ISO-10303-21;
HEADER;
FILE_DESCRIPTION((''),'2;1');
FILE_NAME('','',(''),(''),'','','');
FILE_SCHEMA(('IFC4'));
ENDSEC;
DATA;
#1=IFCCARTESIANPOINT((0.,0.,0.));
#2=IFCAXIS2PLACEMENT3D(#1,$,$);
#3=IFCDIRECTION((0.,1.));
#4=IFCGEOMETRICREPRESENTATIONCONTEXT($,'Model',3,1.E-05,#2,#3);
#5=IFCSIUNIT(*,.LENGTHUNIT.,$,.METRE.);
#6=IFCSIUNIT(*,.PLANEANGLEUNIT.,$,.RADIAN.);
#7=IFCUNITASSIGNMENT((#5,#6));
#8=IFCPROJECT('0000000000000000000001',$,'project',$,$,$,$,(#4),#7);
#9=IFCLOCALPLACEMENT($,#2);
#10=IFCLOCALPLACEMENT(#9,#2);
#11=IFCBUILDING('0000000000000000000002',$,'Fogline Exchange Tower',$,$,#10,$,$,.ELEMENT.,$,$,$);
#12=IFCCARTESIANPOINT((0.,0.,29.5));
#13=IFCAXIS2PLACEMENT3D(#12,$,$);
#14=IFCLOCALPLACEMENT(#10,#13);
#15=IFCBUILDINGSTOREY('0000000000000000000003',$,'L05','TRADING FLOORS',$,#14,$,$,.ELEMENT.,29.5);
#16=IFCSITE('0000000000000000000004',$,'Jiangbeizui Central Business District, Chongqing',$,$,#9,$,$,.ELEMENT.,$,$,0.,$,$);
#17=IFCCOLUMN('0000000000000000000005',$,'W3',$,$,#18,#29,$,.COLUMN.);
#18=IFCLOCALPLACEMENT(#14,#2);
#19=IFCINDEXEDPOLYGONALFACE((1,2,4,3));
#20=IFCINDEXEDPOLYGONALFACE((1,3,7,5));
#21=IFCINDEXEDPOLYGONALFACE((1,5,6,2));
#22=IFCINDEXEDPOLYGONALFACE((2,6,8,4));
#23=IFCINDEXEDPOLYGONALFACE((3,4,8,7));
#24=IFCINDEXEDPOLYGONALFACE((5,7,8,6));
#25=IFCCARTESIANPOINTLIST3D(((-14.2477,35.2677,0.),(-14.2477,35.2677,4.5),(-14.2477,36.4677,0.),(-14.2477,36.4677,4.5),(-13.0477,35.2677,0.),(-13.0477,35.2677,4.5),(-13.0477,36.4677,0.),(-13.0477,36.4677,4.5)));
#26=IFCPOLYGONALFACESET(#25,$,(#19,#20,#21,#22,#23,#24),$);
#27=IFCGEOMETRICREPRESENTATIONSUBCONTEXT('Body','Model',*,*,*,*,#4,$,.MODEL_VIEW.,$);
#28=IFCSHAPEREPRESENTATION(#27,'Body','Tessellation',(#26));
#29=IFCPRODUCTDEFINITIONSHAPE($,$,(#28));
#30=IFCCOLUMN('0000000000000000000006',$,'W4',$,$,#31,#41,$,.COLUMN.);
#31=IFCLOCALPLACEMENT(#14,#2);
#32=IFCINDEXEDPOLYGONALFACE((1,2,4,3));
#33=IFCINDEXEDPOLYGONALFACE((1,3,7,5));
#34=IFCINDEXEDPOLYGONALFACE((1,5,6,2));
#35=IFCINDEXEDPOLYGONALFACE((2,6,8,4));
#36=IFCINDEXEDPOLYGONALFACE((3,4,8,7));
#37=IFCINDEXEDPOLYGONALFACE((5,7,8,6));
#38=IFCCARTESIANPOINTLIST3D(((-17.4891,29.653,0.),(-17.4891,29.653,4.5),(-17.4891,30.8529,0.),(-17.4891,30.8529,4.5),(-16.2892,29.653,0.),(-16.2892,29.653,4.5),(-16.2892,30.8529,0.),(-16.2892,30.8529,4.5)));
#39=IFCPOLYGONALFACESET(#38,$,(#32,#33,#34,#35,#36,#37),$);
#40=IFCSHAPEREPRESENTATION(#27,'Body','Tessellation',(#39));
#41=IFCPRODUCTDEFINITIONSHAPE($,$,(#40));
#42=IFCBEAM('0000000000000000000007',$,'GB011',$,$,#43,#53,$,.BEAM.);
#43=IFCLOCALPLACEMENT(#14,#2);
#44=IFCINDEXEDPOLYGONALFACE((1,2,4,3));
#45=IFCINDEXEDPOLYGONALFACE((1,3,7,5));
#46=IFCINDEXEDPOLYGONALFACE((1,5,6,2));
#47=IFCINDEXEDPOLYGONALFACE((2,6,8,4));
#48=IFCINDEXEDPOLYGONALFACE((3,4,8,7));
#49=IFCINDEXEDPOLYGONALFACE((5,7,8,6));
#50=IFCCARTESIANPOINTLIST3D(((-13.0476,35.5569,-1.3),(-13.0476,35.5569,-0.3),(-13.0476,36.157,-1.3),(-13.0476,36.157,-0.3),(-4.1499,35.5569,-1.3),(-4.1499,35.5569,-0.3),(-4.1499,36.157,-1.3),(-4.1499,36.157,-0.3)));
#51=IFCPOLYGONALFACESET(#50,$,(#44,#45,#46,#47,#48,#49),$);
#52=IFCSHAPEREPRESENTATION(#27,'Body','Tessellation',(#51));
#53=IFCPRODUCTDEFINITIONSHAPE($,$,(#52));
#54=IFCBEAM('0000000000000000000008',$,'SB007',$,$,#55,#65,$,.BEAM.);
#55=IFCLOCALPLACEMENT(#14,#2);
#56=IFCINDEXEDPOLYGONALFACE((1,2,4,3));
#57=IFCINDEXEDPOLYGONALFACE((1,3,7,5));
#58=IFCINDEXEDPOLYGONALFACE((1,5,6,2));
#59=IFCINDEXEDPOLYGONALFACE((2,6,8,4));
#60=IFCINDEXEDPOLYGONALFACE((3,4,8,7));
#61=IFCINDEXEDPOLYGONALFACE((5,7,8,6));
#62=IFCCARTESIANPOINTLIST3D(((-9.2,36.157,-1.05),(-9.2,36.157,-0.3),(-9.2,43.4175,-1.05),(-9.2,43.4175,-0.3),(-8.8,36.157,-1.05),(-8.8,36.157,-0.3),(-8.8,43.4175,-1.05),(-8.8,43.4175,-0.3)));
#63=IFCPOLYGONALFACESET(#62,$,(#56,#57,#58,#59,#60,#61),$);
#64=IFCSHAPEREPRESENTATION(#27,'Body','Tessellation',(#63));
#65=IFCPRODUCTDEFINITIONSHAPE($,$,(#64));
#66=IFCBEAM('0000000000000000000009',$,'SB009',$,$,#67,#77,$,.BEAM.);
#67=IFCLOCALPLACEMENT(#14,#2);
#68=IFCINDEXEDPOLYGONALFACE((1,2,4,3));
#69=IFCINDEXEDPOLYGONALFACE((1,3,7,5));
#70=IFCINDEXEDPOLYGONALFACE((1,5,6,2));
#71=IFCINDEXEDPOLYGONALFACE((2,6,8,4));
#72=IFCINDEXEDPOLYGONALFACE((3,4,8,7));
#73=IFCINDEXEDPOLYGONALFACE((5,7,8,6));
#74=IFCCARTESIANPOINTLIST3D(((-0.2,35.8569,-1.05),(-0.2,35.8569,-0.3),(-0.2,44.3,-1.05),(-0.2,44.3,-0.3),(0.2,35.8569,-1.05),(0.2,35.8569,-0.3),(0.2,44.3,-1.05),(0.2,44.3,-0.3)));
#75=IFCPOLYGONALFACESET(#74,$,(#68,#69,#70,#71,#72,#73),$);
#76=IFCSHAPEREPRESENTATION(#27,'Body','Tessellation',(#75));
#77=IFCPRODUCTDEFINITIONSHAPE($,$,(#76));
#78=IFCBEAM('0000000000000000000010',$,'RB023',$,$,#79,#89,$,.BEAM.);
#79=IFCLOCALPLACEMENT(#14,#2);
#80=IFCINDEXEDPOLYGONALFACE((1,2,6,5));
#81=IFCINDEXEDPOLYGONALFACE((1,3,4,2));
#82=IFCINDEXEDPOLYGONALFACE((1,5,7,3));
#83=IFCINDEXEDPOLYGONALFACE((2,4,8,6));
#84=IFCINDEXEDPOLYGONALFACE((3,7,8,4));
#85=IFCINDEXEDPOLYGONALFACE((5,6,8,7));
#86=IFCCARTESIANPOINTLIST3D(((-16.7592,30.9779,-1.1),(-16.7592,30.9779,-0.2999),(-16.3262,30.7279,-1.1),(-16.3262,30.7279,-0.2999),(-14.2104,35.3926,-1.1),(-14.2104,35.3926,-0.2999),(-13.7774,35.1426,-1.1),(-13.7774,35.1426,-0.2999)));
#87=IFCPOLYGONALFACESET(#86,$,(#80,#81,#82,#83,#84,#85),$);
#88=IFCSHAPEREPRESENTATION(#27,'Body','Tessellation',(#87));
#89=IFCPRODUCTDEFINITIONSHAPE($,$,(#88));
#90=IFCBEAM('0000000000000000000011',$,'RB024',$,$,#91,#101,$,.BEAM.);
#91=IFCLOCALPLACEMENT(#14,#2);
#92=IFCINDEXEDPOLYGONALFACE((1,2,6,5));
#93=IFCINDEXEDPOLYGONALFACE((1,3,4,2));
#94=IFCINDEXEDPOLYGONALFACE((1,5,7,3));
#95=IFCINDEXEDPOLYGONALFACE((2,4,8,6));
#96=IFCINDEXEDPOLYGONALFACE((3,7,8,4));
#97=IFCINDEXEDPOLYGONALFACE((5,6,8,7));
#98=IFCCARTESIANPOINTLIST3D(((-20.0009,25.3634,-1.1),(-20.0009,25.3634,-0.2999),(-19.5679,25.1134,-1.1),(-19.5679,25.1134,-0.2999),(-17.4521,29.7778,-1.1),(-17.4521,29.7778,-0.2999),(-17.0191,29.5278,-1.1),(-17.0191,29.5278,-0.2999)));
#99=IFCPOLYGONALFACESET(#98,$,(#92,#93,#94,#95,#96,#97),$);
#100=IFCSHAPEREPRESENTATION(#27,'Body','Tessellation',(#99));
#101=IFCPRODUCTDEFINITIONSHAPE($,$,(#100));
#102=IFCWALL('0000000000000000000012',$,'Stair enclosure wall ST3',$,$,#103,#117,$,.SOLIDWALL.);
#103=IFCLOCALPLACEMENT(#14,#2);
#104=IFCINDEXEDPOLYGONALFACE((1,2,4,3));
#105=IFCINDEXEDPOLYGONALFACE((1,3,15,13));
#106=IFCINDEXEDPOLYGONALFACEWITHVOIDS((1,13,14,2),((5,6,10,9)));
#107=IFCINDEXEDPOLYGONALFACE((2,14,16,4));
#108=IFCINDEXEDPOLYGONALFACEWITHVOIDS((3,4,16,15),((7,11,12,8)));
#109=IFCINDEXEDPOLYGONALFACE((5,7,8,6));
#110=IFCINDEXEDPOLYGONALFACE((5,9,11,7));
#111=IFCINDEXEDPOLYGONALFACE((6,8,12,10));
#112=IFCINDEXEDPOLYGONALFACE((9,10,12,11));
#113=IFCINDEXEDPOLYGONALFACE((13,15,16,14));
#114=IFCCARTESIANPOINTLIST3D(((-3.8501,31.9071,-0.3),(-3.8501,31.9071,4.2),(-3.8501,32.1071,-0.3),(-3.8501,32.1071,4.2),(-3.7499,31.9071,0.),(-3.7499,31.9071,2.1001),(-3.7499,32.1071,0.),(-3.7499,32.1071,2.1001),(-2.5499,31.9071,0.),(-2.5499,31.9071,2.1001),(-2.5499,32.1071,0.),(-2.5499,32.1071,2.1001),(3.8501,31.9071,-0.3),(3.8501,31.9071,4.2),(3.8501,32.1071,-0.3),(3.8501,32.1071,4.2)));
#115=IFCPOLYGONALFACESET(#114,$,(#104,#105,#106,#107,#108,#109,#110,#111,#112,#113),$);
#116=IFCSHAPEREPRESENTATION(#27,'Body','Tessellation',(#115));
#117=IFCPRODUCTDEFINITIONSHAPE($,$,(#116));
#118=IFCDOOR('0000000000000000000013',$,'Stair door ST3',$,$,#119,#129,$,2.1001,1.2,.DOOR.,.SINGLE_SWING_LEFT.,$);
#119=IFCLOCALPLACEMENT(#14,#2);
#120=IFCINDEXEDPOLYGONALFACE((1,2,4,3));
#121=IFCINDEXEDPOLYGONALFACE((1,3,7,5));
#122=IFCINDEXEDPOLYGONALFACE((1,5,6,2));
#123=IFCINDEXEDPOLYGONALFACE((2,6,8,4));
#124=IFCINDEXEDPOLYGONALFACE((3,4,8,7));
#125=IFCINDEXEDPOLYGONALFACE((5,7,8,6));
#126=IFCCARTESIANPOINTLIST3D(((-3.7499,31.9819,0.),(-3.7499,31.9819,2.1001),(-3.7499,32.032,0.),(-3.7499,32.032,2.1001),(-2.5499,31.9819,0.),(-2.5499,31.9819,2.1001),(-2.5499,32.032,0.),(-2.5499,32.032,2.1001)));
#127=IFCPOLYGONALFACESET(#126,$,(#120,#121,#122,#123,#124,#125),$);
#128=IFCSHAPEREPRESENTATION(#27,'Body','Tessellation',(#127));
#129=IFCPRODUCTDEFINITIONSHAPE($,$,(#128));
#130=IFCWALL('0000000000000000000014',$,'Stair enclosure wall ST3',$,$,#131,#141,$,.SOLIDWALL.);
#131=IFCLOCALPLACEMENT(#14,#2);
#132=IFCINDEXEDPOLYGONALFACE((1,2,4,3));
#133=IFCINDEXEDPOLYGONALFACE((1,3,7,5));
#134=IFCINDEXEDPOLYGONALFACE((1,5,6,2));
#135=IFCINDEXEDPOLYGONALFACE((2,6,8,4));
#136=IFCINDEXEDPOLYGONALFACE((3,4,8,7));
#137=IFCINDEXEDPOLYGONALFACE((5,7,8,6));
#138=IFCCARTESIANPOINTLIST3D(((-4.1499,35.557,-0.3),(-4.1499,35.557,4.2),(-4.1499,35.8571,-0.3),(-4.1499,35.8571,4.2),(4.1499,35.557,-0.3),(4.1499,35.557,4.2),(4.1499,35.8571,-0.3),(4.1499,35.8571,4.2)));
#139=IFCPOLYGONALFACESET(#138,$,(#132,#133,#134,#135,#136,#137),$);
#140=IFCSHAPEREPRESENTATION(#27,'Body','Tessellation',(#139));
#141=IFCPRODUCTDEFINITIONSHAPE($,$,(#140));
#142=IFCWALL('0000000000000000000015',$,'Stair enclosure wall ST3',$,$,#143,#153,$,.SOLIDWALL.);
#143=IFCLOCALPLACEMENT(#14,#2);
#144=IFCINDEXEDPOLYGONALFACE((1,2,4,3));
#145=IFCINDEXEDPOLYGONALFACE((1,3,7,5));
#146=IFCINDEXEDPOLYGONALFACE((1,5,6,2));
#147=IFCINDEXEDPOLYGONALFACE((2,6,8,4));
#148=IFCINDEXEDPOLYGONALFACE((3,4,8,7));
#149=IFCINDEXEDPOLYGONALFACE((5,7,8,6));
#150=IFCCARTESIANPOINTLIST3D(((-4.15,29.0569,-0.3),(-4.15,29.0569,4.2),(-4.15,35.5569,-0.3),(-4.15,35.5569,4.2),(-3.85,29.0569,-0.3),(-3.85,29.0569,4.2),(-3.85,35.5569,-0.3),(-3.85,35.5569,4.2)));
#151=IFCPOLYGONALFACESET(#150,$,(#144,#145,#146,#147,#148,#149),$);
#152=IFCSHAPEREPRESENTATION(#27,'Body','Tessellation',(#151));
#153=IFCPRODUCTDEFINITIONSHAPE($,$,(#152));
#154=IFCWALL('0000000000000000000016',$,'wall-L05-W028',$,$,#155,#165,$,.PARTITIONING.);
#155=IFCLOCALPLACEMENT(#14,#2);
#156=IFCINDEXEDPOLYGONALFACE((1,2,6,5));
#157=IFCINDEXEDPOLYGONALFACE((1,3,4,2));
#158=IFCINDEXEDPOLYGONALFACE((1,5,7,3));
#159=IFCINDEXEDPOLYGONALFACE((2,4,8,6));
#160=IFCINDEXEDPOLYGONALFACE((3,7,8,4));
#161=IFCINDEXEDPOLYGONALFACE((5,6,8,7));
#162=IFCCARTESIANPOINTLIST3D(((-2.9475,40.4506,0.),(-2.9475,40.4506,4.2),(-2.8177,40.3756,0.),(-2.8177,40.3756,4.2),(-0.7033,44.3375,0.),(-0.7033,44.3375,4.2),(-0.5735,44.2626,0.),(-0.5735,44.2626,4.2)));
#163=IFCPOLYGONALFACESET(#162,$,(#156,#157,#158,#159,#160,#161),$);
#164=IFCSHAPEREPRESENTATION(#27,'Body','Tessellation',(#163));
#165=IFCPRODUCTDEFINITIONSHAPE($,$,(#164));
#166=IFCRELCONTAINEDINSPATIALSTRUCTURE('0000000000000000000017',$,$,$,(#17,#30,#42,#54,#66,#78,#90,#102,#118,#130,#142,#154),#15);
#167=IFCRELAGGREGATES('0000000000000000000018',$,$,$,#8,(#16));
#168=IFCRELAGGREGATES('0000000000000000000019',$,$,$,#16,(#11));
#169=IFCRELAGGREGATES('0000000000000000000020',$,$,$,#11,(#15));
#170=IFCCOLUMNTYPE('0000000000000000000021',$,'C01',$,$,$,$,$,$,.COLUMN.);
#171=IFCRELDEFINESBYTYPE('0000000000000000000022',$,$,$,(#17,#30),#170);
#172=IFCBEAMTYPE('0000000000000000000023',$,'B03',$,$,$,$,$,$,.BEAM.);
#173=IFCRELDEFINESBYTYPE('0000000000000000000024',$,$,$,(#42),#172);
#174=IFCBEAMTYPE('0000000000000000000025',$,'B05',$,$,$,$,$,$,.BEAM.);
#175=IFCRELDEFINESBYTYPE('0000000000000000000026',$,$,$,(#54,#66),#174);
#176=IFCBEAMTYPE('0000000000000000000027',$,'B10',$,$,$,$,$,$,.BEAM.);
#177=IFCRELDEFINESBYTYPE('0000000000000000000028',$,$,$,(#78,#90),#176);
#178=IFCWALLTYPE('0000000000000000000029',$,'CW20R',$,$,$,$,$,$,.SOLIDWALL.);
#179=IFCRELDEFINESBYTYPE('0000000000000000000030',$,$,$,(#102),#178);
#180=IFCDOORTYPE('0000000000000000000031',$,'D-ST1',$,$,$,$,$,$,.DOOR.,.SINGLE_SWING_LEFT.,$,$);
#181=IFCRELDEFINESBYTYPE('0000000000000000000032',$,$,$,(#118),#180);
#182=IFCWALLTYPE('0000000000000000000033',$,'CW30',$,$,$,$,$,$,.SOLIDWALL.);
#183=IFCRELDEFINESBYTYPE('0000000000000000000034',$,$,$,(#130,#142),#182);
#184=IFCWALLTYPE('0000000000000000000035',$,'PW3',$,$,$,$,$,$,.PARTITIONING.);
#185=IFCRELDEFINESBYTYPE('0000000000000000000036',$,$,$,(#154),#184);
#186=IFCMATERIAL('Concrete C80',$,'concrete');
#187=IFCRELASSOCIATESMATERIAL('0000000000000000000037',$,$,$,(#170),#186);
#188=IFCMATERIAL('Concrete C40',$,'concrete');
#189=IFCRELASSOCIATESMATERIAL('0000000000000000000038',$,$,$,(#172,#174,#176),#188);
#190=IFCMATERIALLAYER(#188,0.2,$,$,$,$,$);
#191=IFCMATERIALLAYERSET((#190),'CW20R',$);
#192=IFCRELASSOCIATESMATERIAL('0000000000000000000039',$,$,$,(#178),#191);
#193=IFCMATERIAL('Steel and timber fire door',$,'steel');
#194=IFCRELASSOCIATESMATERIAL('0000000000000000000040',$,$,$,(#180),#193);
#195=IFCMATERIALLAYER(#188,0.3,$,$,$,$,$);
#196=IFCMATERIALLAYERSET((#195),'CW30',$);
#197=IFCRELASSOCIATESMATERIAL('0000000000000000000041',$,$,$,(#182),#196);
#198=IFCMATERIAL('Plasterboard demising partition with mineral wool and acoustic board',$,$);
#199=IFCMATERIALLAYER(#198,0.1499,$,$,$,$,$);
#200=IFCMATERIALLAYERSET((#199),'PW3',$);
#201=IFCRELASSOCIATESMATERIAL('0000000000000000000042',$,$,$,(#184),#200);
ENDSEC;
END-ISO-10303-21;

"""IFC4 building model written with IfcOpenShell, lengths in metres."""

from ifc_helpers import new_model, si_unit, direction, frame, frame_2d, origin, origin_2d, place, context, subcontext, project, spatial, rectangle, extrude, material, layer, layer_set, material_profile, profile_set, type_object, element, fill, save


model = new_model("IFC4")

# Units and contexts
model_context = context("Model", 3, precision=1e-05, world=origin(), true_north=direction((0.0, 1.0)))
body_context = subcontext(model_context, "Body", "Model", "MODEL_VIEW")
ifc_project = project(units=[si_unit("LENGTHUNIT", "METRE"), si_unit("PLANEANGLEUNIT", "RADIAN")], contexts=[model_context])

# Site, building, storey
site_placement = place(None, origin())
site = spatial("IfcSite", under=ifc_project, at=site_placement, Name="Jiangbeizui Central Business District, Chongqing", CompositionType="ELEMENT", RefElevation=0.0)
building_placement = place(site_placement, origin())
building = spatial("IfcBuilding", under=site, at=building_placement, Name="Fogline Exchange Tower", CompositionType="ELEMENT")
storey_placement = place(building_placement, frame((0.0, 0.0, 29.5)))
storey = spatial("IfcBuildingStorey", under=building, at=storey_placement, Name="L05", Description="TRADING FLOORS", CompositionType="ELEMENT", Elevation=29.5)

# Columns
ifc_material_1 = material(Name="Concrete C80", Category="concrete")
ifc_material_profile_1 = material_profile(ifc_material_1, rectangle(XDim=1.2, YDim=1.2, at=origin_2d()), Name="RC 1200x1200")
ifc_profile_set_1 = profile_set([ifc_material_profile_1], Name="Concrete C80")
column_type = type_object("IfcColumnType", Name="C01", PredefinedType="COLUMN", material=ifc_profile_set_1)
for number, where, z_axis, x_axis, name in (
    (1, (-13.6477, 35.8677, 0.0), (0.0, 0.0, 1.0), (1.0, 0.0, 0.0), "W3"),
    (2, (-16.8892, 30.2529, 0.0), (0.0, 0.0, 1.0), (1.0, 0.0, 0.0), "W4"),
):
    element("IfcColumn", number, at=place(storey_placement, frame(where, z_axis=z_axis, x_axis=x_axis)), inside=storey, type_object=column_type, Name=name, PredefinedType="COLUMN", context=body_context, shape_type="SweptSolid", body=[
        extrude(rectangle(XDim=1.2, YDim=1.2, at=origin_2d()), origin(), (0.0, 0.0, 1.0), 4.5),
    ])

# Beams
ifc_material_2 = material(Name="Concrete C40", Category="concrete")
ifc_material_profile_2 = material_profile(ifc_material_2, rectangle(XDim=0.6001, YDim=1.0, at=origin_2d()), Name="RC 600x1000")
ifc_profile_set_2 = profile_set([ifc_material_profile_2], Name="Concrete C40")
beam_type_1 = type_object("IfcBeamType", Name="B03", PredefinedType="BEAM", material=ifc_profile_set_2)
beam_1_placement = place(storey_placement, frame((-13.0476, 35.8569, -0.8), z_axis=(1.0, 0.0, 0.0), x_axis=(0.0, 1.0, 0.0)))
element("IfcBeam", 3, at=beam_1_placement, inside=storey, type_object=beam_type_1, Name="GB011", PredefinedType="BEAM", context=body_context, shape_type="SweptSolid", body=[
    extrude(rectangle(XDim=0.6001, YDim=1.0, at=origin_2d()), origin(), (0.0, 0.0, 1.0), 8.8977),
])
ifc_material_profile_3 = material_profile(ifc_material_2, rectangle(XDim=0.3999, YDim=0.75, at=origin_2d()), Name="RC 400x750")
ifc_profile_set_3 = profile_set([ifc_material_profile_3], Name="Concrete C40")
beam_type_2 = type_object("IfcBeamType", Name="B05", PredefinedType="BEAM", material=ifc_profile_set_3)
beam_2_placement = place(storey_placement, frame((-9.0, 36.157, -0.675), z_axis=(0.0, 1.0, 0.0), x_axis=(-1.0, 0.0, 0.0)))
element("IfcBeam", 4, at=beam_2_placement, inside=storey, type_object=beam_type_2, Name="SB007", PredefinedType="BEAM", context=body_context, shape_type="SweptSolid", body=[
    extrude(rectangle(XDim=0.3999, YDim=0.75, at=origin_2d()), origin(), (0.0, 0.0, 1.0), 7.2605),
])
beam_3_placement = place(storey_placement, frame((0.0, 35.8569, -0.675), z_axis=(0.0, 1.0, 0.0), x_axis=(-1.0, 0.0, 0.0)))
element("IfcBeam", 5, at=beam_3_placement, inside=storey, type_object=beam_type_2, Name="SB009", PredefinedType="BEAM", context=body_context, shape_type="SweptSolid", body=[
    extrude(rectangle(XDim=0.3999, YDim=0.75, at=origin_2d()), origin(), (0.0, 0.0, 1.0), 8.4431),
])
ifc_material_profile_4 = material_profile(ifc_material_2, rectangle(XDim=0.5, YDim=0.8, at=origin_2d()), Name="RC 500x800")
ifc_profile_set_4 = profile_set([ifc_material_profile_4], Name="Concrete C40")
beam_type_3 = type_object("IfcBeamType", Name="B10", PredefinedType="BEAM", material=ifc_profile_set_4)
beam_4_placement = place(storey_placement, frame((-13.9939, 35.2676, -0.7), z_axis=(-0.499992, -0.86603, 0.0), x_axis=(0.86603, -0.499992, 0.0)))
element("IfcBeam", 6, at=beam_4_placement, inside=storey, type_object=beam_type_3, Name="RB023", PredefinedType="BEAM", context=body_context, shape_type="SweptSolid", body=[
    extrude(rectangle(XDim=0.5, YDim=0.8, at=origin_2d()), origin(), (0.0, 0.0, 1.0), 5.0977),
])
beam_5_placement = place(storey_placement, frame((-17.2356, 29.6528, -0.7), z_axis=(-0.500013, -0.866018, 0.0), x_axis=(0.866018, -0.500013, 0.0)))
element("IfcBeam", 7, at=beam_5_placement, inside=storey, type_object=beam_type_3, Name="RB024", PredefinedType="BEAM", context=body_context, shape_type="SweptSolid", body=[
    extrude(rectangle(XDim=0.5, YDim=0.8, at=origin_2d()), origin(), (0.0, 0.0, 1.0), 5.0974),
])

# Wall, opening, door
ifc_layer_1 = layer(ifc_material_2, 0.2)
ifc_layer_set_1 = layer_set([ifc_layer_1], Name="CW20R")
wall_type_1 = type_object("IfcWallType", Name="CW20R", PredefinedType="SOLIDWALL", material=ifc_layer_set_1)
wall_1_placement = place(storey_placement, frame((-3.8501, 32.0071, -0.3), z_axis=(0.0, 0.0, 1.0), x_axis=(1.0, 0.0, 0.0)))
wall_1 = element("IfcWall", 8, at=wall_1_placement, inside=storey, type_object=wall_type_1, Name="Stair enclosure wall ST3", PredefinedType="SOLIDWALL", context=body_context, shape_type="SweptSolid", body=[
    extrude(rectangle(XDim=7.7002, YDim=0.2, at=frame_2d((3.8501, 0.0))), origin(), (0.0, 0.0, 1.0), 4.5),
])
opening_1_placement = place(wall_1_placement, frame((0.1001, 0.0, 0.3)))
opening_1 = element("IfcOpeningElement", 9, at=opening_1_placement, cuts=wall_1, PredefinedType="OPENING", context=body_context, shape_type="SweptSolid", body=[
    extrude(rectangle(XDim=1.2, YDim=2.1001, at=frame_2d((0.6001, 1.05))), frame((0.0, 0.1099, 0.0), z_axis=(0.0, -1.0, 0.0), x_axis=(1.0, 0.0, 0.0)), (0.0, 0.0, 1.0), 0.22),
])
ifc_material_3 = material(Name="Steel and timber fire door", Category="steel")
door_type_1 = type_object("IfcDoorType", Name="D-ST1", OperationType="SINGLE_SWING_LEFT", PredefinedType="DOOR", material=ifc_material_3)
door_1_placement = place(opening_1_placement, origin())
door_1 = element("IfcDoor", 10, at=door_1_placement, inside=storey, type_object=door_type_1, Name="Stair door ST3", OperationType="SINGLE_SWING_LEFT", OverallHeight=2.1001, OverallWidth=1.2, PredefinedType="DOOR", context=body_context, shape_type="SweptSolid", body=[
    extrude(rectangle(XDim=1.2, YDim=2.1001, at=frame_2d((0.6001, 1.05))), frame((0.0, 0.0249, 0.0), z_axis=(0.0, -1.0, 0.0), x_axis=(1.0, 0.0, 0.0)), (0.0, 0.0, 1.0), 0.05),
])
fill(opening_1, door_1)

# Walls
ifc_layer_2 = layer(ifc_material_2, 0.3)
ifc_layer_set_2 = layer_set([ifc_layer_2], Name="CW30")
wall_type_2 = type_object("IfcWallType", Name="CW30", PredefinedType="SOLIDWALL", material=ifc_layer_set_2)
wall_2_placement = place(storey_placement, frame((-4.1499, 35.707, -0.3), z_axis=(0.0, 0.0, 1.0), x_axis=(1.0, 0.0, 0.0)))
element("IfcWall", 11, at=wall_2_placement, inside=storey, type_object=wall_type_2, Name="Stair enclosure wall ST3", PredefinedType="SOLIDWALL", context=body_context, shape_type="SweptSolid", body=[
    extrude(rectangle(XDim=8.2998, YDim=0.3, at=frame_2d((4.1499, 0.0))), origin(), (0.0, 0.0, 1.0), 4.5),
])
wall_3_placement = place(storey_placement, frame((-4.0, 29.0569, -0.3), z_axis=(0.0, 0.0, 1.0), x_axis=(0.0, 1.0, 0.0)))
element("IfcWall", 12, at=wall_3_placement, inside=storey, type_object=wall_type_2, Name="Stair enclosure wall ST3", PredefinedType="SOLIDWALL", context=body_context, shape_type="SweptSolid", body=[
    extrude(rectangle(XDim=6.5, YDim=0.3, at=frame_2d((3.25, 0.0))), origin(), (0.0, 0.0, 1.0), 4.5),
])
ifc_material_4 = material(Name="Plasterboard demising partition with mineral wool and acoustic board")
ifc_layer_3 = layer(ifc_material_4, 0.1499)
ifc_layer_set_3 = layer_set([ifc_layer_3], Name="PW3")
wall_type_3 = type_object("IfcWallType", Name="PW3", PredefinedType="PARTITIONING", material=ifc_layer_set_3)
wall_4_placement = place(storey_placement, frame((-2.8826, 40.4131, 0.0), z_axis=(0.0, 0.0, 1.0), x_axis=(0.5, 0.866025, 0.0)))
element("IfcWall", 13, at=wall_4_placement, inside=storey, type_object=wall_type_3, Name="wall-L05-W028", PredefinedType="PARTITIONING", context=body_context, shape_type="SweptSolid", body=[
    extrude(rectangle(XDim=4.4883, YDim=0.1499, at=frame_2d((2.2441, 0.0))), origin(), (0.0, 0.0, 1.0), 4.2),
])

save(model, "model.ifc")
